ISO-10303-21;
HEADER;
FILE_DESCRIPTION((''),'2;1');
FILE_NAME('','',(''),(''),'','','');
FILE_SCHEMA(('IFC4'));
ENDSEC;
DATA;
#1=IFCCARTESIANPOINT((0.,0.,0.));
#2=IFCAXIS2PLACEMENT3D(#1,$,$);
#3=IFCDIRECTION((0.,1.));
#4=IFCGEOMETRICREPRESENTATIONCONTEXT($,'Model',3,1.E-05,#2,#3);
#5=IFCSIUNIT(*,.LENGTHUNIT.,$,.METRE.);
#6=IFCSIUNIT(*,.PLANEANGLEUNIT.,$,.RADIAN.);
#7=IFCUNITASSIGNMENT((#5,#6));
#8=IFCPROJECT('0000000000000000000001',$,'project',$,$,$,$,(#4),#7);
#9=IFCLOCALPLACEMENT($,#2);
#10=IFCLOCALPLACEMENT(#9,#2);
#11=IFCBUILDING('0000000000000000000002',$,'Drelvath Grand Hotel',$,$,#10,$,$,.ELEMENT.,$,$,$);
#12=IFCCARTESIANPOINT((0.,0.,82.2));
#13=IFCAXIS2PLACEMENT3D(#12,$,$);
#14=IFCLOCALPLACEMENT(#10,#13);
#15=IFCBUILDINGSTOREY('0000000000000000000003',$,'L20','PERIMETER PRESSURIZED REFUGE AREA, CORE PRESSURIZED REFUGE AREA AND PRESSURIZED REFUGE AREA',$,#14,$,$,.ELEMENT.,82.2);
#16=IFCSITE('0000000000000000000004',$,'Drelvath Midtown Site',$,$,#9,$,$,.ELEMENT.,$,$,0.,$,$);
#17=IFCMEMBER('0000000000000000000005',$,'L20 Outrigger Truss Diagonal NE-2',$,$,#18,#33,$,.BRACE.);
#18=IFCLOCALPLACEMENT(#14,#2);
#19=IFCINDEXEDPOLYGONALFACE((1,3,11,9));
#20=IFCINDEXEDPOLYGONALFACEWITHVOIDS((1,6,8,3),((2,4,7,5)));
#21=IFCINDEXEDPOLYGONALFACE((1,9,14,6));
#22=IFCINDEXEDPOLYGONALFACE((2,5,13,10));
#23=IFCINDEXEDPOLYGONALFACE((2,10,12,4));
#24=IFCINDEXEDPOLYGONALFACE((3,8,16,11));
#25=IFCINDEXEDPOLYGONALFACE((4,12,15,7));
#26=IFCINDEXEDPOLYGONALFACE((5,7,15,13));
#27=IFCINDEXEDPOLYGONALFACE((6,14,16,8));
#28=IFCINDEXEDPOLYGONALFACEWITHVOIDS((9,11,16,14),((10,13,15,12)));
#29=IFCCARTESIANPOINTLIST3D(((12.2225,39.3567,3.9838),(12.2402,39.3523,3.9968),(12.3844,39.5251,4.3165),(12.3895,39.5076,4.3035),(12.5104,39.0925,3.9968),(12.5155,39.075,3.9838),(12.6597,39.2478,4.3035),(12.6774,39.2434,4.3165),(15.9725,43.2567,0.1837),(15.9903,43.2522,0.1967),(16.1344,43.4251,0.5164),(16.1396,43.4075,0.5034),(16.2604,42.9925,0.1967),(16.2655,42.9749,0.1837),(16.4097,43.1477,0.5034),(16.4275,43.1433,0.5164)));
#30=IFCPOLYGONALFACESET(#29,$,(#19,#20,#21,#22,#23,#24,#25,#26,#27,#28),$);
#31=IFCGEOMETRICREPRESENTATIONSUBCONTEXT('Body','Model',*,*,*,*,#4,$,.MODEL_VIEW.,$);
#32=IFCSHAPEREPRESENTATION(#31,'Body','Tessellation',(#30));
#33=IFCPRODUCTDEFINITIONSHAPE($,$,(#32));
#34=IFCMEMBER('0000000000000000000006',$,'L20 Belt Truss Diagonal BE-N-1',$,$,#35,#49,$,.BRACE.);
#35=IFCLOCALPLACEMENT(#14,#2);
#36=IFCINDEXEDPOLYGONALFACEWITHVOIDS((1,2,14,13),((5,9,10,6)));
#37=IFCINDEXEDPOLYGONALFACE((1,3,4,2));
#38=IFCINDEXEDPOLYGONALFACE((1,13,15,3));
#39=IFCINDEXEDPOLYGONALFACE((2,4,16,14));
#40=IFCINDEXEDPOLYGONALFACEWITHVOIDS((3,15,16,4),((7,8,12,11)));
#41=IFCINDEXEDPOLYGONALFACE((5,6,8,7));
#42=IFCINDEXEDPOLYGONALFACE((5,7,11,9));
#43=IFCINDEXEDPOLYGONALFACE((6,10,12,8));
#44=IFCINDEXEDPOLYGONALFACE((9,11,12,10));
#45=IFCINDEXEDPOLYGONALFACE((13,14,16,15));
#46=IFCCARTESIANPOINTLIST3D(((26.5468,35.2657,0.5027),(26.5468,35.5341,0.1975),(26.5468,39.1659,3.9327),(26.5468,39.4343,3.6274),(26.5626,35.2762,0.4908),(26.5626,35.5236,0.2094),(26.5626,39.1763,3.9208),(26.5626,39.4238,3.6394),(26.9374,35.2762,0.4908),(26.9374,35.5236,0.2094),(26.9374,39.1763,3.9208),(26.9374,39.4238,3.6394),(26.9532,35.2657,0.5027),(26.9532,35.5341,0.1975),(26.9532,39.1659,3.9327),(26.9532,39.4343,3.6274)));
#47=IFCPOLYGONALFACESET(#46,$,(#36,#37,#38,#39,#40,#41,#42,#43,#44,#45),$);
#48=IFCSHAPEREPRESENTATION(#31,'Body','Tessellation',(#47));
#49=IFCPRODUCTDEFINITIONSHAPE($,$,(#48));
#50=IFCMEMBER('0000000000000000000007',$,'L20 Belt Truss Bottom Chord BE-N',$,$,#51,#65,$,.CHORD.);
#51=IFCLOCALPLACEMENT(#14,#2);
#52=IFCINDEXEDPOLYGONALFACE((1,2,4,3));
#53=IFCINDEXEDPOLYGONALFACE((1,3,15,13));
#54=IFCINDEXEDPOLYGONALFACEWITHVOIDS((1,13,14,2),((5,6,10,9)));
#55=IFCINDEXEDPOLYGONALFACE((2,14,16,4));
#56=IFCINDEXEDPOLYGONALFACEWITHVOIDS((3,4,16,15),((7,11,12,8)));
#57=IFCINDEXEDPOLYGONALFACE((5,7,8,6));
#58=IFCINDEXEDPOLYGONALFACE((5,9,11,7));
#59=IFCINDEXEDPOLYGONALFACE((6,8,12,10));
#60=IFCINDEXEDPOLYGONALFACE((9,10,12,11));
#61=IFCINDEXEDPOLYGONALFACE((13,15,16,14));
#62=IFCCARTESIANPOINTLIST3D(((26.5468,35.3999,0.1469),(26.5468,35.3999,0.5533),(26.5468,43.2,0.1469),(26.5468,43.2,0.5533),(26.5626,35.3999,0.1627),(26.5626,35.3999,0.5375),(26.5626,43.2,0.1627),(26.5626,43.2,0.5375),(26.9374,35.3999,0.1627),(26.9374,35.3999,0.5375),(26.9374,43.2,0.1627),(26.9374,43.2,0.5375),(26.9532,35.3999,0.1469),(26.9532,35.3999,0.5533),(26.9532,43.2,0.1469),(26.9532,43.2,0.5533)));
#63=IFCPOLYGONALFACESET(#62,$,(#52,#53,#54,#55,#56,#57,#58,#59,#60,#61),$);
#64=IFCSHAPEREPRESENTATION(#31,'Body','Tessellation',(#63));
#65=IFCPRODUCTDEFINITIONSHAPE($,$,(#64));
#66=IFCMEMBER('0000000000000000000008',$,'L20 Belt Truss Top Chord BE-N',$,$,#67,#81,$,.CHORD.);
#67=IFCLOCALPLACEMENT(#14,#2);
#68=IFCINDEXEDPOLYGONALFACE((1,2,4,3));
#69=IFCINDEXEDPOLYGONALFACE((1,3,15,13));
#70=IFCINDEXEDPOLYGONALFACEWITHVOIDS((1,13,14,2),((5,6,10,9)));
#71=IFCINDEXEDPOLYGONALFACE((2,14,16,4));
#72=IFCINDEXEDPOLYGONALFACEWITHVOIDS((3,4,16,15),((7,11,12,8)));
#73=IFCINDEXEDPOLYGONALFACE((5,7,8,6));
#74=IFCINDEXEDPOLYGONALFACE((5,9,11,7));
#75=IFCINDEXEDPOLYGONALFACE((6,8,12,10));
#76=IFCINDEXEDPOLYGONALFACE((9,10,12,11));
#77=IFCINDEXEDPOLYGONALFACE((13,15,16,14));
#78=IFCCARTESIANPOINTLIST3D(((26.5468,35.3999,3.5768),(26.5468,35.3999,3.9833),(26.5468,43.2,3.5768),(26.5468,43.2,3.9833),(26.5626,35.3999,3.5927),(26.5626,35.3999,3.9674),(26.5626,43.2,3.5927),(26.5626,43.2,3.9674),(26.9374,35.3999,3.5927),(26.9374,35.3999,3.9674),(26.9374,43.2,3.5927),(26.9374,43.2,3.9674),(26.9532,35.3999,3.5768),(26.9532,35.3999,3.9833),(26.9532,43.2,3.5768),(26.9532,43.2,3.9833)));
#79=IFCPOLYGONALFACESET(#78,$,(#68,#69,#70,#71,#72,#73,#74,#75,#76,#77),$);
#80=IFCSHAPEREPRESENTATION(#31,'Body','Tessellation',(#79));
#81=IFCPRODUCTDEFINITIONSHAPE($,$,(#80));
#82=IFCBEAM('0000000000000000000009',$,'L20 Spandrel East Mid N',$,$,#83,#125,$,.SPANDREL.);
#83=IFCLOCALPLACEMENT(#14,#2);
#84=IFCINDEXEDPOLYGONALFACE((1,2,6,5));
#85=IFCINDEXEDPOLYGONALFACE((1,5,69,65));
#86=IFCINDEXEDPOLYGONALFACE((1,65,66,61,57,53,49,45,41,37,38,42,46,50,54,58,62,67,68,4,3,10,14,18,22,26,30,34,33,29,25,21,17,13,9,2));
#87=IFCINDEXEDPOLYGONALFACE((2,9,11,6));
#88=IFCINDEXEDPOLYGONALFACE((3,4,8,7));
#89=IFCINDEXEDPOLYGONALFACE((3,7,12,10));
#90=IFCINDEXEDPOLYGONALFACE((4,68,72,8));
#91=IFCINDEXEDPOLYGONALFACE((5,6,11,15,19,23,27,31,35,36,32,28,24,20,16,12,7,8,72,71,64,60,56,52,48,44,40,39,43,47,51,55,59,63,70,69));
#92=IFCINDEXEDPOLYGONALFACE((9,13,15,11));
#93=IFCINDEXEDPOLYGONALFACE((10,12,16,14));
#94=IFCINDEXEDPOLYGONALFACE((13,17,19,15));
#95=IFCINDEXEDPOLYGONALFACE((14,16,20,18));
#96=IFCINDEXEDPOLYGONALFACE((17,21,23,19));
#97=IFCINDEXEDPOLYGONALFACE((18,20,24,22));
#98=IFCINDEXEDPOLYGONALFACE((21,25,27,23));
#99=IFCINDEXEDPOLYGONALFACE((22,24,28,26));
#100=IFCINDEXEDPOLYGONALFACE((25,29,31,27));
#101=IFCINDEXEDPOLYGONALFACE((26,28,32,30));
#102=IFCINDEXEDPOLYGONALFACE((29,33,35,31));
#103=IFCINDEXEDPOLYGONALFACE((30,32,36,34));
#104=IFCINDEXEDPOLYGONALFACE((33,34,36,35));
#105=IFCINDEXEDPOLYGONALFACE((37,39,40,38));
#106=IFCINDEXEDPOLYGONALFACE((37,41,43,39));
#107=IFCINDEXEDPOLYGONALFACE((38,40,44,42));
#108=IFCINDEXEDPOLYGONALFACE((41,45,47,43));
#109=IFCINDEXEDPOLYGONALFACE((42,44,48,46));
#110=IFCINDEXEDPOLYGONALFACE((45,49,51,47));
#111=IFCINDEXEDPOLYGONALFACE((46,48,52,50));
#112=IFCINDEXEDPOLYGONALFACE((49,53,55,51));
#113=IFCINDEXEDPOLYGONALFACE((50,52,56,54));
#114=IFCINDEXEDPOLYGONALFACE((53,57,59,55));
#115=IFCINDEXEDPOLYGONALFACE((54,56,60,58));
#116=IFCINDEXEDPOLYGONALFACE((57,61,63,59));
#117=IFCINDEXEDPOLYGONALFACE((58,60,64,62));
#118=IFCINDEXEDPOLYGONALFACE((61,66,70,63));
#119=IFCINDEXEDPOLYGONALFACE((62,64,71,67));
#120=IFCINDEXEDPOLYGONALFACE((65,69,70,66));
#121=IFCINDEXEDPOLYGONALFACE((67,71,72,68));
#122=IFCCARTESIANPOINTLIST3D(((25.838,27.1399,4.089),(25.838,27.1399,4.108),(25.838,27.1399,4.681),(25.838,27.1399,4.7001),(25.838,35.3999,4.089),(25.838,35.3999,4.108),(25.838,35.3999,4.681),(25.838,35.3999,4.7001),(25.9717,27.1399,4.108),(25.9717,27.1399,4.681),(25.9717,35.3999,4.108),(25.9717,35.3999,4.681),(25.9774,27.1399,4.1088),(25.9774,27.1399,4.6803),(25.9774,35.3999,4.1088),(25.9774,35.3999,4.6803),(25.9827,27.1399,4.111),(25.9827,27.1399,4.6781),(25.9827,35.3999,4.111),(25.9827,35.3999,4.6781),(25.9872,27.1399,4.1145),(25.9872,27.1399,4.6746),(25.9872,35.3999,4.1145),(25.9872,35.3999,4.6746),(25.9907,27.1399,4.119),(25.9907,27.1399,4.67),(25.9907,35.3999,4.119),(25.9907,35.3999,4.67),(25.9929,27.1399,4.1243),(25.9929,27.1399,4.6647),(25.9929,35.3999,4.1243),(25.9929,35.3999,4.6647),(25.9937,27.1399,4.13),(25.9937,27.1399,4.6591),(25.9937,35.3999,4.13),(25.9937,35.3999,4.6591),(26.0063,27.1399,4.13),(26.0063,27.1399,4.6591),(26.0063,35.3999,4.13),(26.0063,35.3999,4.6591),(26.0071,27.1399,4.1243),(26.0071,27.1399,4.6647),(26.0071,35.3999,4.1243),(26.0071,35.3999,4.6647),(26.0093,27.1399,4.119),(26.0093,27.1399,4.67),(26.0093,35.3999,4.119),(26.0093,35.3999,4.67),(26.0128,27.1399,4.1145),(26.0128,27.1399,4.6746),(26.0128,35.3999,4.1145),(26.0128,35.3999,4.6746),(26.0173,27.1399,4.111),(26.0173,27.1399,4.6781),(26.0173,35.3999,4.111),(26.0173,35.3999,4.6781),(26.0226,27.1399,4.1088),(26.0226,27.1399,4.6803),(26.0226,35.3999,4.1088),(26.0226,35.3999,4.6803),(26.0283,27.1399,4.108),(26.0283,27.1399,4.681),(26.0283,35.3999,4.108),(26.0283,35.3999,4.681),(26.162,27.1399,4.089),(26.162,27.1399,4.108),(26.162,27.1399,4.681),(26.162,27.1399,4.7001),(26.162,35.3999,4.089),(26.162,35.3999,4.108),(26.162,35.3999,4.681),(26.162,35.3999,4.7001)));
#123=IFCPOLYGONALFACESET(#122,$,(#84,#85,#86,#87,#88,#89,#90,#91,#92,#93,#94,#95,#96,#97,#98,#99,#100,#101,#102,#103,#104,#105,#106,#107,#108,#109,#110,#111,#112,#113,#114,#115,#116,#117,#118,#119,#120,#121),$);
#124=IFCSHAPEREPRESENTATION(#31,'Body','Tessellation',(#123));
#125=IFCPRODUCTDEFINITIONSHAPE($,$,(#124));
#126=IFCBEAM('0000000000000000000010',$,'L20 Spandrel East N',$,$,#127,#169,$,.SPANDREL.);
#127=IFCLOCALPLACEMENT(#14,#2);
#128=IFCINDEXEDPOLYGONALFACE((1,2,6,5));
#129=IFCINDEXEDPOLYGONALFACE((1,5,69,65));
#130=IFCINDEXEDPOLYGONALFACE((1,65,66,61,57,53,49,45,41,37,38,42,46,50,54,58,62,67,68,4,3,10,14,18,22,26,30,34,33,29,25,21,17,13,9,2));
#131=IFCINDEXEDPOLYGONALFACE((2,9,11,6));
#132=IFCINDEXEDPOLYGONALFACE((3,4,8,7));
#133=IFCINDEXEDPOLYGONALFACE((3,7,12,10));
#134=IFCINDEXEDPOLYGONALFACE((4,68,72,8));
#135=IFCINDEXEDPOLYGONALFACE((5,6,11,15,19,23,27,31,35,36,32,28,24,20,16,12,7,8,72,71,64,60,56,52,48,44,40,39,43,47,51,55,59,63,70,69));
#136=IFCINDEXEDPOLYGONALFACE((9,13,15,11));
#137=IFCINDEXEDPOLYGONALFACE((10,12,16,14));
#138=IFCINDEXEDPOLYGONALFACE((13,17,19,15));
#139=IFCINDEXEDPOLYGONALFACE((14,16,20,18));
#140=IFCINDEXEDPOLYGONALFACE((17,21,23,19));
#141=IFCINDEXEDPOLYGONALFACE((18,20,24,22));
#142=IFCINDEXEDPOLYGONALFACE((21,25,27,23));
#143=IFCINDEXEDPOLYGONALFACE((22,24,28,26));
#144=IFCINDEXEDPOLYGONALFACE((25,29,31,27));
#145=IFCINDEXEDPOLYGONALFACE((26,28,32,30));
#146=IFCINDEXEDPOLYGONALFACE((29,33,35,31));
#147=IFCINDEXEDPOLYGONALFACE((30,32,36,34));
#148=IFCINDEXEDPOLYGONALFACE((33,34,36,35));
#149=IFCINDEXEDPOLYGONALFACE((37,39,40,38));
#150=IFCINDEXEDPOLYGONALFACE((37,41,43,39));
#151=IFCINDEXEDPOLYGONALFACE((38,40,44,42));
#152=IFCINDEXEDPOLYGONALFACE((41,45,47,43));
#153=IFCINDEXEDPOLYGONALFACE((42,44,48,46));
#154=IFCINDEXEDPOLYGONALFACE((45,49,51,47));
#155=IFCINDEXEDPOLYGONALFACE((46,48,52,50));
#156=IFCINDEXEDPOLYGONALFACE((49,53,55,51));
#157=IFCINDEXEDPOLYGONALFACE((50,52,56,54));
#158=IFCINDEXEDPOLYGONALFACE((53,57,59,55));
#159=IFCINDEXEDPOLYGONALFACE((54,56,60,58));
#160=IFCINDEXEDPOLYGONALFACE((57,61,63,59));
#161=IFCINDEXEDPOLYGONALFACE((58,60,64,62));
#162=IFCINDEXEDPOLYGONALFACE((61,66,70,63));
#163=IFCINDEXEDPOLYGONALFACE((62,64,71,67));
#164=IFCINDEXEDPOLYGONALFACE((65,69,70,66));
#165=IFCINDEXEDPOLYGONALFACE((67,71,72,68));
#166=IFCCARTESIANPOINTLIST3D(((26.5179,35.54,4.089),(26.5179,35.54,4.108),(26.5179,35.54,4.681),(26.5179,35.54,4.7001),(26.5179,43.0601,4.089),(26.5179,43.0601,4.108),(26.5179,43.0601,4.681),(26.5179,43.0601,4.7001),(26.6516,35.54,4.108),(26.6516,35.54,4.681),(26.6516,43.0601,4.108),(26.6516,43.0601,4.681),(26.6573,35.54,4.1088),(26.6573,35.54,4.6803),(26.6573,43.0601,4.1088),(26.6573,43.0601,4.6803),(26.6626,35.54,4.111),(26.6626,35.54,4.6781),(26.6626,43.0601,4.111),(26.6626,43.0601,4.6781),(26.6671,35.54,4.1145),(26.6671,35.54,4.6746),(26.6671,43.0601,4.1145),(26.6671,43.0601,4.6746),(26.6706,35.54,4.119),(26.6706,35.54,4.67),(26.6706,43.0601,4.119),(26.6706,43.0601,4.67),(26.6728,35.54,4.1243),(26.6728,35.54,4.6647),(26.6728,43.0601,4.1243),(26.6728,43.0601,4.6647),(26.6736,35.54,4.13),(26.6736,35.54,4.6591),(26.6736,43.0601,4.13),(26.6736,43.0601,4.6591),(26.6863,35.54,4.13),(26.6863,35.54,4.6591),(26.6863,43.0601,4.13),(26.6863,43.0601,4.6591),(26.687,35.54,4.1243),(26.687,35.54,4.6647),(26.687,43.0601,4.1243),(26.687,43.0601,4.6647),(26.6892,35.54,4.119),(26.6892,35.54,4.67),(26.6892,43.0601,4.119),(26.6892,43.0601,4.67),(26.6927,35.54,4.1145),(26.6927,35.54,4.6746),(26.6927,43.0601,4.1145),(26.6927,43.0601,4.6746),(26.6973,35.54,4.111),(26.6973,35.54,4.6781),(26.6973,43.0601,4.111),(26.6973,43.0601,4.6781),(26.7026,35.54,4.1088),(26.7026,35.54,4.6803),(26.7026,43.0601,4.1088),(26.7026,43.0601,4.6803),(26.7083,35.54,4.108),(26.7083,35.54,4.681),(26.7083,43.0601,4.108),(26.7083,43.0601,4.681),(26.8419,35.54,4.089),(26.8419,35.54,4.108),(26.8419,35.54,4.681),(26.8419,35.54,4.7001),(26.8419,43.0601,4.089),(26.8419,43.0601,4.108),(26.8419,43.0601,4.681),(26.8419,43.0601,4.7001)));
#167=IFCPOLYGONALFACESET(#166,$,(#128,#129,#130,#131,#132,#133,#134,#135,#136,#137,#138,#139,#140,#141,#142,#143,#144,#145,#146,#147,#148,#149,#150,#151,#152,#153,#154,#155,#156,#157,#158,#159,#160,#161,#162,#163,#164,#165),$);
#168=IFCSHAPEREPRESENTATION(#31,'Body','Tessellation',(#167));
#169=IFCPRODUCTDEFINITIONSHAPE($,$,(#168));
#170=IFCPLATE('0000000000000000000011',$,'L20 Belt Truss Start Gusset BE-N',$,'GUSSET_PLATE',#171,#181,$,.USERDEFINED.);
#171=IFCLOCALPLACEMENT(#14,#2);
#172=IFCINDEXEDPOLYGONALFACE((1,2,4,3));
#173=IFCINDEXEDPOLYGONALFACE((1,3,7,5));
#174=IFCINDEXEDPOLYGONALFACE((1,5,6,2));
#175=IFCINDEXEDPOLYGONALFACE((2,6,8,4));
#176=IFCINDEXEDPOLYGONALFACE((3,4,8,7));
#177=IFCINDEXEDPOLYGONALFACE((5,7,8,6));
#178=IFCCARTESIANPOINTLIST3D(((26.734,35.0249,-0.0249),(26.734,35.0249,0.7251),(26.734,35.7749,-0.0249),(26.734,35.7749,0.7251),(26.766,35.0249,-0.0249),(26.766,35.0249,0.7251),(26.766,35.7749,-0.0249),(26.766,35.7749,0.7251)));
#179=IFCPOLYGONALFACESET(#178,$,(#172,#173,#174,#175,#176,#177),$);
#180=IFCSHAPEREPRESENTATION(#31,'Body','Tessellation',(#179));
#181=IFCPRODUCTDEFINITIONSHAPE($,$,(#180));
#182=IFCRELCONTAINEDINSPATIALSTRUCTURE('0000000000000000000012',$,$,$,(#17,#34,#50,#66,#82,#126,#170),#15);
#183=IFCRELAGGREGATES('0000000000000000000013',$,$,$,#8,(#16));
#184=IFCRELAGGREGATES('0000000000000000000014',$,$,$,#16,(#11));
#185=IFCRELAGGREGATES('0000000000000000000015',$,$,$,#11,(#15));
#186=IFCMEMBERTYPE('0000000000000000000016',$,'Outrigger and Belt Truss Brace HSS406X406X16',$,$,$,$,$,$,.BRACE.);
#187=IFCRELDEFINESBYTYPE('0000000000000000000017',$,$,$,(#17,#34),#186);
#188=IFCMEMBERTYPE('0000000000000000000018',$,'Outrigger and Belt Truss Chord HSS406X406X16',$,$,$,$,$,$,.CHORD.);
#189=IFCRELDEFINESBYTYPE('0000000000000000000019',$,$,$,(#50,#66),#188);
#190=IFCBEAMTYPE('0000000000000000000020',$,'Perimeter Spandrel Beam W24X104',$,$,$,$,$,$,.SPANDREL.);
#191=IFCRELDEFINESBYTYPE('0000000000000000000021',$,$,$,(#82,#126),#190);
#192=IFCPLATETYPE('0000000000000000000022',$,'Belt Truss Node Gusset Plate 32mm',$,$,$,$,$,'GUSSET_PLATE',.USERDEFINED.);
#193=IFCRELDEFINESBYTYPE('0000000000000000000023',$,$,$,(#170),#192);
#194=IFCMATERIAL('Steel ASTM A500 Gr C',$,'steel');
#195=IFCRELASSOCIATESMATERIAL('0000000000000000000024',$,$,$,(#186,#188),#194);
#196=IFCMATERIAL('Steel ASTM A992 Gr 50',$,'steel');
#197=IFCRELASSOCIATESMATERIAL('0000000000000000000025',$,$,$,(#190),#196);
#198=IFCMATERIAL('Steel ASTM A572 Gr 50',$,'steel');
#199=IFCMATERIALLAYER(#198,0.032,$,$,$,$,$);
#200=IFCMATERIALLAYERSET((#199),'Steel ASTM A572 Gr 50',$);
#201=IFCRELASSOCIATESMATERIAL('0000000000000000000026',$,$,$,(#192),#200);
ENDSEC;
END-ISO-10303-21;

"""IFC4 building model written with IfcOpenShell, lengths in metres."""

from ifc_helpers import new_model, si_unit, direction, frame, origin, origin_2d, place, context, subcontext, project, spatial, rectangle, hollow_rectangle, i_section, extrude, material, layer, layer_set, material_profile, profile_set, type_object, element, save


model = new_model("IFC4")

# Units and contexts
model_context = context("Model", 3, precision=1e-05, world=origin(), true_north=direction((0.0, 1.0)))
body_context = subcontext(model_context, "Body", "Model", "MODEL_VIEW")
ifc_project = project(units=[si_unit("LENGTHUNIT", "METRE"), si_unit("PLANEANGLEUNIT", "RADIAN")], contexts=[model_context])

# Site, building, storey
site_placement = place(None, origin())
site = spatial("IfcSite", under=ifc_project, at=site_placement, Name="Drelvath Midtown Site", CompositionType="ELEMENT", RefElevation=0.0)
building_placement = place(site_placement, origin())
building = spatial("IfcBuilding", under=site, at=building_placement, Name="Drelvath Grand Hotel", CompositionType="ELEMENT")
storey_placement = place(building_placement, frame((0.0, 0.0, 82.2)))
storey = spatial("IfcBuildingStorey", under=building, at=storey_placement, Name="L20", Description="PERIMETER PRESSURIZED REFUGE AREA, CORE PRESSURIZED REFUGE AREA AND PRESSURIZED REFUGE AREA", CompositionType="ELEMENT", Elevation=82.2)

# Shared definitions
ifc_material_1 = material(Name="Steel ASTM A572 Gr 50", Category="steel")

# Members
ifc_material_2 = material(Name="Steel ASTM A500 Gr C", Category="steel")
ifc_material_profile_1 = material_profile(ifc_material_2, hollow_rectangle(XDim=0.4065, YDim=0.4065, WallThickness=0.0159, at=origin_2d()), Name="HSS406X406X16")
ifc_profile_set_1 = profile_set([ifc_material_profile_1], Name="Steel ASTM A500 Gr C")
member_type_1 = type_object("IfcMemberType", Name="Outrigger and Belt Truss Brace HSS406X406X16", PredefinedType="BRACE", material=ifc_profile_set_1)
member_1_placement = place(storey_placement, frame((12.45, 39.3, 4.1501), z_axis=(0.567192, 0.589865, -0.574762), x_axis=(-0.720824, 0.693118, 0.0)))
element("IfcMember", 1, at=member_1_placement, inside=storey, type_object=member_type_1, Name="L20 Outrigger Truss Diagonal NE-2", PredefinedType="BRACE", context=body_context, shape_type="SweptSolid", body=[
    extrude(hollow_rectangle(XDim=0.4065, YDim=0.4065, WallThickness=0.0159, at=origin_2d()), origin(), (0.0, 0.0, 1.0), 6.6116),
])
member_2_placement = place(storey_placement, frame((26.75, 35.3999, 0.3501), z_axis=(0.0, 0.750923, 0.660389), x_axis=(-1.0, 0.0, 0.0)))
element("IfcMember", 2, at=member_2_placement, inside=storey, type_object=member_type_1, Name="L20 Belt Truss Diagonal BE-N-1", PredefinedType="BRACE", context=body_context, shape_type="SweptSolid", body=[
    extrude(hollow_rectangle(XDim=0.4065, YDim=0.4065, WallThickness=0.0159, at=origin_2d()), origin(), (0.0, 0.0, 1.0), 5.1938),
])
ifc_material_profile_2 = material_profile(ifc_material_2, hollow_rectangle(XDim=0.4065, YDim=0.4065, WallThickness=0.0159, at=origin_2d()), Name="HSS406X406X16")
ifc_profile_set_2 = profile_set([ifc_material_profile_2], Name="Steel ASTM A500 Gr C")
member_type_2 = type_object("IfcMemberType", Name="Outrigger and Belt Truss Chord HSS406X406X16", PredefinedType="CHORD", material=ifc_profile_set_2)
for number, where, z_axis, x_axis, name in (
    (3, (26.75, 35.3999, 0.3501), (0.0, 1.0, 0.0), (-1.0, 0.0, 0.0), "L20 Belt Truss Bottom Chord BE-N"),
    (4, (26.75, 35.3999, 3.78), (0.0, 1.0, 0.0), (-1.0, 0.0, 0.0), "L20 Belt Truss Top Chord BE-N"),
):
    element("IfcMember", number, at=place(storey_placement, frame(where, z_axis=z_axis, x_axis=x_axis)), inside=storey, type_object=member_type_2, Name=name, PredefinedType="CHORD", context=body_context, shape_type="SweptSolid", body=[
        extrude(hollow_rectangle(XDim=0.4065, YDim=0.4065, WallThickness=0.0159, at=origin_2d()), origin(), (0.0, 0.0, 1.0), 7.8),
    ])

# Beams
ifc_material_3 = material(Name="Steel ASTM A992 Gr 50", Category="steel")
ifc_material_profile_3 = material_profile(ifc_material_3, i_section(OverallWidth=0.324, OverallDepth=0.6111, WebThickness=0.0127, FlangeThickness=0.019, FilletRadius=0.022, at=origin_2d()), Name="W24X104")
ifc_profile_set_3 = profile_set([ifc_material_profile_3], Name="Steel ASTM A992 Gr 50")
beam_type_1 = type_object("IfcBeamType", Name="Perimeter Spandrel Beam W24X104", PredefinedType="SPANDREL", material=ifc_profile_set_3)
beam_1_placement = place(storey_placement, frame((26.0, 27.1399, 4.3945), z_axis=(0.0, 1.0, 0.0), x_axis=(-1.0, 0.0, 0.0)))
element("IfcBeam", 5, at=beam_1_placement, inside=storey, type_object=beam_type_1, Name="L20 Spandrel East Mid N", PredefinedType="SPANDREL", context=body_context, shape_type="SweptSolid", body=[
    extrude(i_section(OverallWidth=0.324, OverallDepth=0.6111, WebThickness=0.0127, FlangeThickness=0.019, FilletRadius=0.022, at=origin_2d()), origin(), (0.0, 0.0, 1.0), 8.26),
])
beam_2_placement = place(storey_placement, frame((26.6799, 35.54, 4.3945), z_axis=(0.0, 1.0, 0.0), x_axis=(-1.0, 0.0, 0.0)))
element("IfcBeam", 6, at=beam_2_placement, inside=storey, type_object=beam_type_1, Name="L20 Spandrel East N", PredefinedType="SPANDREL", context=body_context, shape_type="SweptSolid", body=[
    extrude(i_section(OverallWidth=0.324, OverallDepth=0.6111, WebThickness=0.0127, FlangeThickness=0.019, FilletRadius=0.022, at=origin_2d()), origin(), (0.0, 0.0, 1.0), 7.52),
])

# Plate
ifc_layer_1 = layer(ifc_material_1, 0.032)
ifc_layer_set_1 = layer_set([ifc_layer_1], Name="Steel ASTM A572 Gr 50")
plate_type = type_object("IfcPlateType", Name="Belt Truss Node Gusset Plate 32mm", ElementType="GUSSET_PLATE", PredefinedType="USERDEFINED", material=ifc_layer_set_1)
plate_placement = place(storey_placement, frame((26.75, 35.3999, -0.0249), z_axis=(0.0, 0.0, 1.0), x_axis=(0.0, 1.0, 0.0)))
element("IfcPlate", 7, at=plate_placement, inside=storey, type_object=plate_type, Name="L20 Belt Truss Start Gusset BE-N", ObjectType="GUSSET_PLATE", PredefinedType="USERDEFINED", context=body_context, shape_type="SweptSolid", body=[
    extrude(rectangle(XDim=0.75, YDim=0.032, at=origin_2d()), origin(), (0.0, 0.0, 1.0), 0.75),
])

save(model, "model.ifc")
